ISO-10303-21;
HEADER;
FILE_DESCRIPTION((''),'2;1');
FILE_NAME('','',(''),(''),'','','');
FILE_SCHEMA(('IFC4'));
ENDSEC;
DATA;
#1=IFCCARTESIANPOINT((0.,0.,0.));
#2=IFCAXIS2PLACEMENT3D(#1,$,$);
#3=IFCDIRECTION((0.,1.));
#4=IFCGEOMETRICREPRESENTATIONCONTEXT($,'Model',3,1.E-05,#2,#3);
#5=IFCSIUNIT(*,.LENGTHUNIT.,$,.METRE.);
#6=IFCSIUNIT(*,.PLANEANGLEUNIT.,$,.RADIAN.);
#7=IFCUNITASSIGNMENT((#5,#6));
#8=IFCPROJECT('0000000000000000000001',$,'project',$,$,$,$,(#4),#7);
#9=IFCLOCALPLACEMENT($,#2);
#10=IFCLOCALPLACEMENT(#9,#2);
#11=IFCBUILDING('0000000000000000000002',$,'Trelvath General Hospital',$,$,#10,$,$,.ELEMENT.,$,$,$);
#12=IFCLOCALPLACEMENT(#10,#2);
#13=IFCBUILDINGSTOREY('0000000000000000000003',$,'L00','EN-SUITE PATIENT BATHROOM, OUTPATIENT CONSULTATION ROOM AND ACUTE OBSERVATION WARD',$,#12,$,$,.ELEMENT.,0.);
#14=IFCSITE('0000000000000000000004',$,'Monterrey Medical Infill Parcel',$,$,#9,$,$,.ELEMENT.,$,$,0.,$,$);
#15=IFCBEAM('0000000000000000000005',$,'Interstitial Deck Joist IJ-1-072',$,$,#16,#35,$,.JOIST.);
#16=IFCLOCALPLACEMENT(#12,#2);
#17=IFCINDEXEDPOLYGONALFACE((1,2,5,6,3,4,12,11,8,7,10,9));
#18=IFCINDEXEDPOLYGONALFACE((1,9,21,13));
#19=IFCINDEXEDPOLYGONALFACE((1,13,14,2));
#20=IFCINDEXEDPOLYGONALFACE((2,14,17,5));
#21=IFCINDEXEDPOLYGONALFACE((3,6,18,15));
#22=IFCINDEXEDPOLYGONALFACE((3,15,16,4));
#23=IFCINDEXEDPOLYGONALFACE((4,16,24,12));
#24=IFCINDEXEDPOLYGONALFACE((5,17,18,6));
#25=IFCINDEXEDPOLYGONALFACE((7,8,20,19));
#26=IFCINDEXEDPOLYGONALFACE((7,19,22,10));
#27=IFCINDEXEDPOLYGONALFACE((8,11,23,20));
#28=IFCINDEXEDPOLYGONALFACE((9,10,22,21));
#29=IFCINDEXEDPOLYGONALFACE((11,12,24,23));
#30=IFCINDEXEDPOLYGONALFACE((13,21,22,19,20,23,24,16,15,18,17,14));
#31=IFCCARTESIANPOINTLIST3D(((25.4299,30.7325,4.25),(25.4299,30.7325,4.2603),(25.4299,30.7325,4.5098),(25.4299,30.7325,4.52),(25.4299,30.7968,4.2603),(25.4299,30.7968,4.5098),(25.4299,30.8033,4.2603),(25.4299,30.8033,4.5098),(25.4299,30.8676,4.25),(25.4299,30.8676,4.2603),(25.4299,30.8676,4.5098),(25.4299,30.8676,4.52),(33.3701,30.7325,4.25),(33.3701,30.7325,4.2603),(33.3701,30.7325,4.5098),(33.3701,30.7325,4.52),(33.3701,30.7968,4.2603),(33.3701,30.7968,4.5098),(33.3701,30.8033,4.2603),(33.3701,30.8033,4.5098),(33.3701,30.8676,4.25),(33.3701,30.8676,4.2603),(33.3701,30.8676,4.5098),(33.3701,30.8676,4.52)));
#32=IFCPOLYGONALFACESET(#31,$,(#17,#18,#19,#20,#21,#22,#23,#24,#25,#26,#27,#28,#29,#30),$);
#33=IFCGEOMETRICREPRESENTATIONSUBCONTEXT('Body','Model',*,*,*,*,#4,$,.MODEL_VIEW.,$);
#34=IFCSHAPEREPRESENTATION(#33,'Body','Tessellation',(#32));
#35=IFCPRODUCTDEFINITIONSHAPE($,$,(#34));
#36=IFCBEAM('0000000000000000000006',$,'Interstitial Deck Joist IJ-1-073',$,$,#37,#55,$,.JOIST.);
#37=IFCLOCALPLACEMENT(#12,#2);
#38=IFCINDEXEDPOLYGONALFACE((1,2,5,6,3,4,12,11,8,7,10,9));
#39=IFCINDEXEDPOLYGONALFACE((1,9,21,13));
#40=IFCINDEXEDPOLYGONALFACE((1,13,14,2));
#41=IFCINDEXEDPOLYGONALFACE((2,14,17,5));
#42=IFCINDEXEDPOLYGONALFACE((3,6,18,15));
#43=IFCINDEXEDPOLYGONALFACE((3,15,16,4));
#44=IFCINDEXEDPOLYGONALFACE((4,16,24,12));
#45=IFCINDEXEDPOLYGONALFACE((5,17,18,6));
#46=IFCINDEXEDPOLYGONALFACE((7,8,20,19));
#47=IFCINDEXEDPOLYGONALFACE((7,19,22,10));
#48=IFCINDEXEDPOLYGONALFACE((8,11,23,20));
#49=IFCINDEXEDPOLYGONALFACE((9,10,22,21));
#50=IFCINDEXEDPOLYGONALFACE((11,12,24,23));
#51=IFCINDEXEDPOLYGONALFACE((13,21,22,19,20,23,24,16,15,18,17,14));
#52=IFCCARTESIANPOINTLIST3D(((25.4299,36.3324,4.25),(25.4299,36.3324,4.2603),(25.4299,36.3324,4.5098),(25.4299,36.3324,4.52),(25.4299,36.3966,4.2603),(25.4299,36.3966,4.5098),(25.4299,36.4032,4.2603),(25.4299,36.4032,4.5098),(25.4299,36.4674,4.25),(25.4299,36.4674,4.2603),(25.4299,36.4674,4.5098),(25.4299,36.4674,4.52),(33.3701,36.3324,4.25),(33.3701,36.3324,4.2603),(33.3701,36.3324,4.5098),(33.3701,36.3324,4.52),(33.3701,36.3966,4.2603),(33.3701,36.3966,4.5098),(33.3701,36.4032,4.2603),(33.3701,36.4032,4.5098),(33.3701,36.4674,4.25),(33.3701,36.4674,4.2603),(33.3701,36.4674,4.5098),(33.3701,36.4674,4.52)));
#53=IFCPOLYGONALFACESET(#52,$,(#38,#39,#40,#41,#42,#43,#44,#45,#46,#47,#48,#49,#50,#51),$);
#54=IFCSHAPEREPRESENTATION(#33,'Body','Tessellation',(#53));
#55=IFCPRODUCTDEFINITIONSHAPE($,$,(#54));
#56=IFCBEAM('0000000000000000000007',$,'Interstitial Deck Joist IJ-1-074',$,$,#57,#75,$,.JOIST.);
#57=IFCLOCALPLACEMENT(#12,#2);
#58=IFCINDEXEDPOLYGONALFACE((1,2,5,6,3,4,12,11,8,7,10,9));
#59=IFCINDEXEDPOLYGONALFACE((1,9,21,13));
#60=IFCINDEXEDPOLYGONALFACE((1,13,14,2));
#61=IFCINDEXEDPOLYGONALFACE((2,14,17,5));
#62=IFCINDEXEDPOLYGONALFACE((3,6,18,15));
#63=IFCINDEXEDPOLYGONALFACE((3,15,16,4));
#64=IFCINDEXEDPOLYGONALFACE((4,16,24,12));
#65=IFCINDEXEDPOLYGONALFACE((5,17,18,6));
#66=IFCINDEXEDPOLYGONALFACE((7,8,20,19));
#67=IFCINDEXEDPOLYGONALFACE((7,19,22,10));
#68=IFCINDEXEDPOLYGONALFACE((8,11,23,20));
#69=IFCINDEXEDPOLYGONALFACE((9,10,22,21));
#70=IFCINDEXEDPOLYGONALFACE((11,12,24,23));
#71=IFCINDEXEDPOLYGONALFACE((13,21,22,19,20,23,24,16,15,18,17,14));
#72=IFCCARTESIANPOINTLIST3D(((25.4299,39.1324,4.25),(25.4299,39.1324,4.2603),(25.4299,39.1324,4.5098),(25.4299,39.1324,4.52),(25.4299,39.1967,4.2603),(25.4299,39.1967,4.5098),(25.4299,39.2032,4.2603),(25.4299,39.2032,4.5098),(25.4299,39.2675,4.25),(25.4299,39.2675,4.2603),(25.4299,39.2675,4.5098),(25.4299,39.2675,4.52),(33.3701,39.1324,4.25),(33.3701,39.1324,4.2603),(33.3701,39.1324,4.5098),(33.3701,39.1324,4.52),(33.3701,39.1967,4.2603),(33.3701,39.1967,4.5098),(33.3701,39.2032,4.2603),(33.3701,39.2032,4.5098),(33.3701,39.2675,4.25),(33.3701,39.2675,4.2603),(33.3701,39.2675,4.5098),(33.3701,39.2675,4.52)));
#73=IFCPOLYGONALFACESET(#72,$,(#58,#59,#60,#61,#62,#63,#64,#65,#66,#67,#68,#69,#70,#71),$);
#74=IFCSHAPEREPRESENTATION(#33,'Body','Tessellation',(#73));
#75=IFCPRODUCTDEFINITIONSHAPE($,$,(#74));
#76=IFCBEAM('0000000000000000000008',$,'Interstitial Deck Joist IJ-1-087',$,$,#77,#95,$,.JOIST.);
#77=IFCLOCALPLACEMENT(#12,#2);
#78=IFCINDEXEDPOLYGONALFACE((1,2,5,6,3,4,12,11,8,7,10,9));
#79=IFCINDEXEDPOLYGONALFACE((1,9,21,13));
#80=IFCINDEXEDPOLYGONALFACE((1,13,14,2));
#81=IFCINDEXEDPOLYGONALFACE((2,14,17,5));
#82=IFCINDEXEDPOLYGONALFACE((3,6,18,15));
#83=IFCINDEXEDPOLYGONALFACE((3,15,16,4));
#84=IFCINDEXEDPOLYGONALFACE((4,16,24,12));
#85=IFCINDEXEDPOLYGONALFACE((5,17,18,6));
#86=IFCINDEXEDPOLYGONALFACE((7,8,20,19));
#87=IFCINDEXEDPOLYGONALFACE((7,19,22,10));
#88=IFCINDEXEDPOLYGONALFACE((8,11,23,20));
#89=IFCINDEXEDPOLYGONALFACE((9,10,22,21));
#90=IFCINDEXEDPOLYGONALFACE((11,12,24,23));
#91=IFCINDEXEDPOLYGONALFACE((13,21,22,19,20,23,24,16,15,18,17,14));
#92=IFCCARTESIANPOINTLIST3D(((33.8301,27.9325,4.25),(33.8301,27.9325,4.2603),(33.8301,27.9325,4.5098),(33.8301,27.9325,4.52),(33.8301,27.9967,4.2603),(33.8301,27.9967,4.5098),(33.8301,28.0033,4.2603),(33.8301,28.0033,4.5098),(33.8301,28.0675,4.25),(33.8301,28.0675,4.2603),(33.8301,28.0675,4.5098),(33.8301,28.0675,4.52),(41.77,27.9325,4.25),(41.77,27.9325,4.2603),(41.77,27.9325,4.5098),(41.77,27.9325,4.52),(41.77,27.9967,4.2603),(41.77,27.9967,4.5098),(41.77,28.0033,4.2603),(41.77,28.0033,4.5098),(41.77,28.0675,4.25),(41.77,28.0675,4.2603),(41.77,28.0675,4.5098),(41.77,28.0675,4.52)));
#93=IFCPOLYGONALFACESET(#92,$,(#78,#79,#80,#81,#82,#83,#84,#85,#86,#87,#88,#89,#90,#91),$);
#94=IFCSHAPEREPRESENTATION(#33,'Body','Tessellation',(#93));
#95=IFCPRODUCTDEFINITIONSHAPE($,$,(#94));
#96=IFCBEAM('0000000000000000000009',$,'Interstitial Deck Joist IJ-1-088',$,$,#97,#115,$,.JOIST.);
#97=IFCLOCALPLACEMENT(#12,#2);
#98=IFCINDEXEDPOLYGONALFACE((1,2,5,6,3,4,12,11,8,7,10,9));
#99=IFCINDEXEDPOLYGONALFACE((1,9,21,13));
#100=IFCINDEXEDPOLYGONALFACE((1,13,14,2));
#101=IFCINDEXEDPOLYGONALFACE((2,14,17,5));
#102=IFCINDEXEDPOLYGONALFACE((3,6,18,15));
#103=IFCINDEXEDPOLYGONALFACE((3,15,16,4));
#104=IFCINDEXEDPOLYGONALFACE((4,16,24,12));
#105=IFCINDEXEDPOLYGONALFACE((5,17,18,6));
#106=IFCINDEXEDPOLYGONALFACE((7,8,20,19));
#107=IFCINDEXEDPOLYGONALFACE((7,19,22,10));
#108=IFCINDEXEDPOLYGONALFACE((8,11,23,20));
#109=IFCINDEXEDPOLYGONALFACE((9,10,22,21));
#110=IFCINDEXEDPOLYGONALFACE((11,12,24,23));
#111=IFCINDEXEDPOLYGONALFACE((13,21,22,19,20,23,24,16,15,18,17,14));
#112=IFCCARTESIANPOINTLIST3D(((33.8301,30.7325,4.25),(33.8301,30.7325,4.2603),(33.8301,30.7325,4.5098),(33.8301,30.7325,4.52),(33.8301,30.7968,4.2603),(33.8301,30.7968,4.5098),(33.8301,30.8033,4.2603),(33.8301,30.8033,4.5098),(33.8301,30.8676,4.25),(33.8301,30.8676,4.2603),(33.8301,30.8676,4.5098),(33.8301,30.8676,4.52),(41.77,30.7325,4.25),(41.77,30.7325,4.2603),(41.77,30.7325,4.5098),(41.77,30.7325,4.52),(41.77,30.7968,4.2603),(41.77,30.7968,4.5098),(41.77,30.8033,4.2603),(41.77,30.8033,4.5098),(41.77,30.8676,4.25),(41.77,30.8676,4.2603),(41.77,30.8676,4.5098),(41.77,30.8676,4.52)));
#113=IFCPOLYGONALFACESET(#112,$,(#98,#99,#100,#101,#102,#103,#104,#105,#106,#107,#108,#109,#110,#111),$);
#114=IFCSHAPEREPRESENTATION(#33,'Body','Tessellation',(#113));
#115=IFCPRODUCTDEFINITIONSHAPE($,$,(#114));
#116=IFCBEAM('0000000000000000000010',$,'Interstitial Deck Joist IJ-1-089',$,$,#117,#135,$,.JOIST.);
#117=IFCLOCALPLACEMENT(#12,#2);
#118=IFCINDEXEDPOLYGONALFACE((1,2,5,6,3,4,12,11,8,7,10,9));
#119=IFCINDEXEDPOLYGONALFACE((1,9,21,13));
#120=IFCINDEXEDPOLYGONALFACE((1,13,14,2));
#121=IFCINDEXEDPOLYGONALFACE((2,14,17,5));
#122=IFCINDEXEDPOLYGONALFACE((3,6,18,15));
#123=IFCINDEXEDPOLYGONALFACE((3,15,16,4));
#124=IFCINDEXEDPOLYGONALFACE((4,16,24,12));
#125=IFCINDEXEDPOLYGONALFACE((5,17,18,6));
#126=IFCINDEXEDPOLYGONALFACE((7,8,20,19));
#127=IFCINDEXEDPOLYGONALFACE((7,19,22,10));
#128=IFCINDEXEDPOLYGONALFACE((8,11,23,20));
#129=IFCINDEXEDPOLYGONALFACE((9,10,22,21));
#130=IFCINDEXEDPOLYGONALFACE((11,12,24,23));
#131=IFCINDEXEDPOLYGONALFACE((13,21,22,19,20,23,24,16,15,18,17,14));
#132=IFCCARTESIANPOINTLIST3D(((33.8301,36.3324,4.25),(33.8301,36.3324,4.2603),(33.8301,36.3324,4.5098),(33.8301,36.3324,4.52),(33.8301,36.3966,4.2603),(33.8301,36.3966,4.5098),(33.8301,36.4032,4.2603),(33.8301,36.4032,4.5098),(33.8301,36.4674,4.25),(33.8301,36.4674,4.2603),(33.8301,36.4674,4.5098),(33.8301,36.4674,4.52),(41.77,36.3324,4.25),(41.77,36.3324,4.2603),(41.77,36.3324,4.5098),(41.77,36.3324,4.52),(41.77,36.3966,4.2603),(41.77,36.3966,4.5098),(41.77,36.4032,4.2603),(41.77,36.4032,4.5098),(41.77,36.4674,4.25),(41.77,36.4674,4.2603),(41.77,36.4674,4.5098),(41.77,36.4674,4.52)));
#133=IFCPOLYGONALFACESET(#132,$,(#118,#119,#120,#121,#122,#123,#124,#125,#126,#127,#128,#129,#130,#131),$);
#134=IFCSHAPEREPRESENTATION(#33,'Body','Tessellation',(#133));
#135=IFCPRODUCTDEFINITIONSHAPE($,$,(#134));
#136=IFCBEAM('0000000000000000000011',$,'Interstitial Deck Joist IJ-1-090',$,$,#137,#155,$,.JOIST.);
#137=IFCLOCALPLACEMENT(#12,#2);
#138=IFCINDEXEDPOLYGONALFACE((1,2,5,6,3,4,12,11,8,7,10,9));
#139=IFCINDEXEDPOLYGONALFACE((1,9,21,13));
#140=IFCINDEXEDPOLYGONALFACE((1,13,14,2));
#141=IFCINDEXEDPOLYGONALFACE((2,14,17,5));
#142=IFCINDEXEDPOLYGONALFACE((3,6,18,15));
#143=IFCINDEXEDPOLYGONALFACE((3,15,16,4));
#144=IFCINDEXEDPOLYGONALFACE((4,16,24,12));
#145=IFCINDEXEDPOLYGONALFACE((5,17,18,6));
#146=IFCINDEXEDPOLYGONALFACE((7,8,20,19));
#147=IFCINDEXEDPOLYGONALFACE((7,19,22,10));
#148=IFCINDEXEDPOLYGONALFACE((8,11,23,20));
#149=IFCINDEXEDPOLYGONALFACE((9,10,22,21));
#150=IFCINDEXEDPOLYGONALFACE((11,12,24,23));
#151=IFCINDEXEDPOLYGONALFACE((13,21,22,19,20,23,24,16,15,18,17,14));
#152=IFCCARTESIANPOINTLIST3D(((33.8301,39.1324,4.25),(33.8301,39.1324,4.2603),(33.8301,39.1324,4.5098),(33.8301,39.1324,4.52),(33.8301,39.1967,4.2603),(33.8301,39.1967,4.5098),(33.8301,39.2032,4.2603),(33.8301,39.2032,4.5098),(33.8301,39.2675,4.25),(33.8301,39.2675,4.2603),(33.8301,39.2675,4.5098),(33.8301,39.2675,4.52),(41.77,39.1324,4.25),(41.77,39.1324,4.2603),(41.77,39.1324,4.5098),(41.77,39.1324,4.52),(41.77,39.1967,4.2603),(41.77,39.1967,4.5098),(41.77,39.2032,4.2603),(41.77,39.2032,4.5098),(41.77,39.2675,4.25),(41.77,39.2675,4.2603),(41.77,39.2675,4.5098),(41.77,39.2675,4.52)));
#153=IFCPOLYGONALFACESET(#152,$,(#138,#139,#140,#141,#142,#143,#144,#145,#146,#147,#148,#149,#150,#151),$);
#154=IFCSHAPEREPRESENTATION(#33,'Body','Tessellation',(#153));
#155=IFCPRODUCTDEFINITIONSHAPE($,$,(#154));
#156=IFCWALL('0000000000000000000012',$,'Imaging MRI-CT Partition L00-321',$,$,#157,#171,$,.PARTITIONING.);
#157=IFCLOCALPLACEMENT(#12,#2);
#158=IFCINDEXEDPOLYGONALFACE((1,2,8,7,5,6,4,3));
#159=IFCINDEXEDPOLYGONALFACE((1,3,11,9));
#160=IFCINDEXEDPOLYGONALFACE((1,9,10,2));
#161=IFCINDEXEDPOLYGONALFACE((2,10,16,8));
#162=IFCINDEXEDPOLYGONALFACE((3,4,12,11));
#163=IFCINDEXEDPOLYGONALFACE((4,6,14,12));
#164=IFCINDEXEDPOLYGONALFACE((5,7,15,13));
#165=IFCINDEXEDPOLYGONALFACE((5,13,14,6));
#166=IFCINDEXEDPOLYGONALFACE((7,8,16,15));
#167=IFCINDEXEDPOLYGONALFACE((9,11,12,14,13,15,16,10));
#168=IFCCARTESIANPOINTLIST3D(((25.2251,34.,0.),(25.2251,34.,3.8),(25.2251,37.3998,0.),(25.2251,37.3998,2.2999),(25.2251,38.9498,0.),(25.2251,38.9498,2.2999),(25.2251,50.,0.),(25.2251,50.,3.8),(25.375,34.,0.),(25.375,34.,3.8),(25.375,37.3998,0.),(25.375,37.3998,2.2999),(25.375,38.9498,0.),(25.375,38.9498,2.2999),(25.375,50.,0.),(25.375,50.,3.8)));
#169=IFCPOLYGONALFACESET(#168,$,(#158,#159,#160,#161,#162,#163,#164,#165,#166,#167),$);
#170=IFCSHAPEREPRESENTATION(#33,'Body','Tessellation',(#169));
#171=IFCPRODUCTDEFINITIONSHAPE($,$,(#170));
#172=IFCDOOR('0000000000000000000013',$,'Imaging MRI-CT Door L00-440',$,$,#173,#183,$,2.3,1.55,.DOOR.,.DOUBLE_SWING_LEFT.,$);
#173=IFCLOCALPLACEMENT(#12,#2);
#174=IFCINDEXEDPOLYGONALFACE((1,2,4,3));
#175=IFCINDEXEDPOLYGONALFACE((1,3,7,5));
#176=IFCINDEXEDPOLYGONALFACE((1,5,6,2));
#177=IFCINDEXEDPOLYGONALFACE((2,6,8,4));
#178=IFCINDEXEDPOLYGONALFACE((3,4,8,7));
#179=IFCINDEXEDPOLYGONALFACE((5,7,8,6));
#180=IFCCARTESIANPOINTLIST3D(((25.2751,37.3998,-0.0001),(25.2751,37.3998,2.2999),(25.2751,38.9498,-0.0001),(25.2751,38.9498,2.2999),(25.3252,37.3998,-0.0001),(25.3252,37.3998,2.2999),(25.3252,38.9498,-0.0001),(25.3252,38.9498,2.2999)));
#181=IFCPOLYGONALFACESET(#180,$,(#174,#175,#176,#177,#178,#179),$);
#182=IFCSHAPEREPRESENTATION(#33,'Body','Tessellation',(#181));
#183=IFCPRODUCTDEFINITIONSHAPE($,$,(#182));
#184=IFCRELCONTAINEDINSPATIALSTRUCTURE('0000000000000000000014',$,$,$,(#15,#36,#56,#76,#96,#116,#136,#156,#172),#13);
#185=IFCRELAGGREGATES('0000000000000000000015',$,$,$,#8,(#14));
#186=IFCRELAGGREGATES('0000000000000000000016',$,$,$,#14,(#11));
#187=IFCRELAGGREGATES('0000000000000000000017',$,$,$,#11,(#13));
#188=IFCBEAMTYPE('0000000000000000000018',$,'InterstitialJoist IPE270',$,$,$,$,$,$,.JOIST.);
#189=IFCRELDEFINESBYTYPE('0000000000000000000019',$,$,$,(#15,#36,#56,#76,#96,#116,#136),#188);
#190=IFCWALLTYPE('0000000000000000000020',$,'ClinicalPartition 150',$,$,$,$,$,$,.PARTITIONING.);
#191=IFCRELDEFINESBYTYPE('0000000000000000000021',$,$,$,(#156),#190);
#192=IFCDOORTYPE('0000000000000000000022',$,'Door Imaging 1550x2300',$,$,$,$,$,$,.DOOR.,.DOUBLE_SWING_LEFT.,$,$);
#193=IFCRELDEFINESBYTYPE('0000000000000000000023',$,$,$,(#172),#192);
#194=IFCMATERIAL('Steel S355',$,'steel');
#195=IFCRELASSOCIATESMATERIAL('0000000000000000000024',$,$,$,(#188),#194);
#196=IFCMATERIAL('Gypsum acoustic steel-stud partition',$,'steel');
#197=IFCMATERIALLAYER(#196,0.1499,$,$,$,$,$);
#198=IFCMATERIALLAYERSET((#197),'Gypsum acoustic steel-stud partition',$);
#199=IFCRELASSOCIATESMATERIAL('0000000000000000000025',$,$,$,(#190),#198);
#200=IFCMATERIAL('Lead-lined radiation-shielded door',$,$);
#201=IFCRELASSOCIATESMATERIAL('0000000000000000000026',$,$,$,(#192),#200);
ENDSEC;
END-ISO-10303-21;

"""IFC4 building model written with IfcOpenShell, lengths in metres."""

from ifc_helpers import new_model, si_unit, direction, frame, frame_2d, origin, origin_2d, place, context, subcontext, project, spatial, rectangle, i_section, extrude, material, layer, layer_set, material_profile, profile_set, type_object, element, fill, save


model = new_model("IFC4")

# Units and contexts
model_context = context("Model", 3, precision=1e-05, world=origin(), true_north=direction((0.0, 1.0)))
body_context = subcontext(model_context, "Body", "Model", "MODEL_VIEW")
ifc_project = project(units=[si_unit("LENGTHUNIT", "METRE"), si_unit("PLANEANGLEUNIT", "RADIAN")], contexts=[model_context])

# Site, building, storey
site_placement = place(None, origin())
site = spatial("IfcSite", under=ifc_project, at=site_placement, Name="Monterrey Medical Infill Parcel", CompositionType="ELEMENT", RefElevation=0.0)
building_placement = place(site_placement, origin())
building = spatial("IfcBuilding", under=site, at=building_placement, Name="Trelvath General Hospital", CompositionType="ELEMENT")
storey_placement = place(building_placement, origin())
storey = spatial("IfcBuildingStorey", under=building, at=storey_placement, Name="L00", Description="EN-SUITE PATIENT BATHROOM, OUTPATIENT CONSULTATION ROOM AND ACUTE OBSERVATION WARD", CompositionType="ELEMENT", Elevation=0.0)

# Beams
ifc_material_1 = material(Name="Steel S355", Category="steel")
ifc_material_profile_1 = material_profile(ifc_material_1, i_section(OverallWidth=0.135, OverallDepth=0.27, WebThickness=0.0066, FlangeThickness=0.0103, at=origin_2d()), Name="IPE270")
ifc_profile_set_1 = profile_set([ifc_material_profile_1], Name="Steel S355")
beam_type_1 = type_object("IfcBeamType", Name="InterstitialJoist IPE270", PredefinedType="JOIST", material=ifc_profile_set_1)
for number, where, z_axis, x_axis, name in (
    (1, (25.4299, 30.8, 4.385), (1.0, 0.0, 0.0), (0.0, 1.0, 0.0), "Interstitial Deck Joist IJ-1-072"),
    (2, (25.4299, 36.3999, 4.385), (1.0, 0.0, 0.0), (0.0, 1.0, 0.0), "Interstitial Deck Joist IJ-1-073"),
    (3, (25.4299, 39.2, 4.385), (1.0, 0.0, 0.0), (0.0, 1.0, 0.0), "Interstitial Deck Joist IJ-1-074"),
):
    element("IfcBeam", number, at=place(storey_placement, frame(where, z_axis=z_axis, x_axis=x_axis)), inside=storey, type_object=beam_type_1, Name=name, PredefinedType="JOIST", context=body_context, shape_type="SweptSolid", body=[
        extrude(i_section(OverallWidth=0.135, OverallDepth=0.27, WebThickness=0.0066, FlangeThickness=0.0103, at=origin_2d()), origin(), (0.0, 0.0, 1.0), 7.9402),
    ])
for number, where, z_axis, x_axis, name in (
    (4, (33.8301, 28.0, 4.385), (1.0, 0.0, 0.0), (0.0, 1.0, 0.0), "Interstitial Deck Joist IJ-1-087"),
    (5, (33.8301, 30.8, 4.385), (1.0, 0.0, 0.0), (0.0, 1.0, 0.0), "Interstitial Deck Joist IJ-1-088"),
    (6, (33.8301, 36.3999, 4.385), (1.0, 0.0, 0.0), (0.0, 1.0, 0.0), "Interstitial Deck Joist IJ-1-089"),
    (7, (33.8301, 39.2, 4.385), (1.0, 0.0, 0.0), (0.0, 1.0, 0.0), "Interstitial Deck Joist IJ-1-090"),
):
    element("IfcBeam", number, at=place(storey_placement, frame(where, z_axis=z_axis, x_axis=x_axis)), inside=storey, type_object=beam_type_1, Name=name, PredefinedType="JOIST", context=body_context, shape_type="SweptSolid", body=[
        extrude(i_section(OverallWidth=0.135, OverallDepth=0.27, WebThickness=0.0066, FlangeThickness=0.0103, at=origin_2d()), origin(), (0.0, 0.0, 1.0), 7.9399),
    ])

# Wall, opening, door
ifc_material_2 = material(Name="Gypsum acoustic steel-stud partition", Category="steel")
ifc_layer_1 = layer(ifc_material_2, 0.1499)
ifc_layer_set_1 = layer_set([ifc_layer_1], Name="Gypsum acoustic steel-stud partition")
wall_type = type_object("IfcWallType", Name="ClinicalPartition 150", PredefinedType="PARTITIONING", material=ifc_layer_set_1)
wall_placement = place(storey_placement, frame((25.3, 34.0, 0.0), z_axis=(0.0, 0.0, 1.0), x_axis=(0.0, 1.0, 0.0)))
wall = element("IfcWall", 8, at=wall_placement, inside=storey, type_object=wall_type, Name="Imaging MRI-CT Partition L00-321", PredefinedType="PARTITIONING", context=body_context, shape_type="SweptSolid", body=[
    extrude(rectangle(XDim=16.0, YDim=0.1499, at=frame_2d((8.0, 0.0))), origin(), (0.0, 0.0, 1.0), 3.8),
])
opening_placement = place(wall_placement, frame((3.3999, 0.0, 0.0)))
opening = element("IfcOpeningElement", 9, at=opening_placement, cuts=wall, PredefinedType="OPENING", context=body_context, shape_type="SweptSolid", body=[
    extrude(rectangle(XDim=1.55, YDim=2.3, at=frame_2d((0.7749, 1.1499))), frame((0.0, 0.085, 0.0), z_axis=(0.0, -1.0, 0.0), x_axis=(1.0, 0.0, 0.0)), (0.0, 0.0, 1.0), 0.1699),
])
ifc_material_3 = material(Name="Lead-lined radiation-shielded door")
door_type = type_object("IfcDoorType", Name="Door Imaging 1550x2300", OperationType="DOUBLE_SWING_LEFT", PredefinedType="DOOR", material=ifc_material_3)
door_placement = place(opening_placement, origin())
door = element("IfcDoor", 10, at=door_placement, inside=storey, type_object=door_type, Name="Imaging MRI-CT Door L00-440", OperationType="DOUBLE_SWING_LEFT", OverallHeight=2.3, OverallWidth=1.55, PredefinedType="DOOR", context=body_context, shape_type="SweptSolid", body=[
    extrude(rectangle(XDim=1.55, YDim=2.3, at=frame_2d((0.7749, 1.1499))), frame((0.0, 0.0249, 0.0), z_axis=(0.0, -1.0, 0.0), x_axis=(1.0, 0.0, 0.0)), (0.0, 0.0, 1.0), 0.05),
])
fill(opening, door)

save(model, "model.ifc")
